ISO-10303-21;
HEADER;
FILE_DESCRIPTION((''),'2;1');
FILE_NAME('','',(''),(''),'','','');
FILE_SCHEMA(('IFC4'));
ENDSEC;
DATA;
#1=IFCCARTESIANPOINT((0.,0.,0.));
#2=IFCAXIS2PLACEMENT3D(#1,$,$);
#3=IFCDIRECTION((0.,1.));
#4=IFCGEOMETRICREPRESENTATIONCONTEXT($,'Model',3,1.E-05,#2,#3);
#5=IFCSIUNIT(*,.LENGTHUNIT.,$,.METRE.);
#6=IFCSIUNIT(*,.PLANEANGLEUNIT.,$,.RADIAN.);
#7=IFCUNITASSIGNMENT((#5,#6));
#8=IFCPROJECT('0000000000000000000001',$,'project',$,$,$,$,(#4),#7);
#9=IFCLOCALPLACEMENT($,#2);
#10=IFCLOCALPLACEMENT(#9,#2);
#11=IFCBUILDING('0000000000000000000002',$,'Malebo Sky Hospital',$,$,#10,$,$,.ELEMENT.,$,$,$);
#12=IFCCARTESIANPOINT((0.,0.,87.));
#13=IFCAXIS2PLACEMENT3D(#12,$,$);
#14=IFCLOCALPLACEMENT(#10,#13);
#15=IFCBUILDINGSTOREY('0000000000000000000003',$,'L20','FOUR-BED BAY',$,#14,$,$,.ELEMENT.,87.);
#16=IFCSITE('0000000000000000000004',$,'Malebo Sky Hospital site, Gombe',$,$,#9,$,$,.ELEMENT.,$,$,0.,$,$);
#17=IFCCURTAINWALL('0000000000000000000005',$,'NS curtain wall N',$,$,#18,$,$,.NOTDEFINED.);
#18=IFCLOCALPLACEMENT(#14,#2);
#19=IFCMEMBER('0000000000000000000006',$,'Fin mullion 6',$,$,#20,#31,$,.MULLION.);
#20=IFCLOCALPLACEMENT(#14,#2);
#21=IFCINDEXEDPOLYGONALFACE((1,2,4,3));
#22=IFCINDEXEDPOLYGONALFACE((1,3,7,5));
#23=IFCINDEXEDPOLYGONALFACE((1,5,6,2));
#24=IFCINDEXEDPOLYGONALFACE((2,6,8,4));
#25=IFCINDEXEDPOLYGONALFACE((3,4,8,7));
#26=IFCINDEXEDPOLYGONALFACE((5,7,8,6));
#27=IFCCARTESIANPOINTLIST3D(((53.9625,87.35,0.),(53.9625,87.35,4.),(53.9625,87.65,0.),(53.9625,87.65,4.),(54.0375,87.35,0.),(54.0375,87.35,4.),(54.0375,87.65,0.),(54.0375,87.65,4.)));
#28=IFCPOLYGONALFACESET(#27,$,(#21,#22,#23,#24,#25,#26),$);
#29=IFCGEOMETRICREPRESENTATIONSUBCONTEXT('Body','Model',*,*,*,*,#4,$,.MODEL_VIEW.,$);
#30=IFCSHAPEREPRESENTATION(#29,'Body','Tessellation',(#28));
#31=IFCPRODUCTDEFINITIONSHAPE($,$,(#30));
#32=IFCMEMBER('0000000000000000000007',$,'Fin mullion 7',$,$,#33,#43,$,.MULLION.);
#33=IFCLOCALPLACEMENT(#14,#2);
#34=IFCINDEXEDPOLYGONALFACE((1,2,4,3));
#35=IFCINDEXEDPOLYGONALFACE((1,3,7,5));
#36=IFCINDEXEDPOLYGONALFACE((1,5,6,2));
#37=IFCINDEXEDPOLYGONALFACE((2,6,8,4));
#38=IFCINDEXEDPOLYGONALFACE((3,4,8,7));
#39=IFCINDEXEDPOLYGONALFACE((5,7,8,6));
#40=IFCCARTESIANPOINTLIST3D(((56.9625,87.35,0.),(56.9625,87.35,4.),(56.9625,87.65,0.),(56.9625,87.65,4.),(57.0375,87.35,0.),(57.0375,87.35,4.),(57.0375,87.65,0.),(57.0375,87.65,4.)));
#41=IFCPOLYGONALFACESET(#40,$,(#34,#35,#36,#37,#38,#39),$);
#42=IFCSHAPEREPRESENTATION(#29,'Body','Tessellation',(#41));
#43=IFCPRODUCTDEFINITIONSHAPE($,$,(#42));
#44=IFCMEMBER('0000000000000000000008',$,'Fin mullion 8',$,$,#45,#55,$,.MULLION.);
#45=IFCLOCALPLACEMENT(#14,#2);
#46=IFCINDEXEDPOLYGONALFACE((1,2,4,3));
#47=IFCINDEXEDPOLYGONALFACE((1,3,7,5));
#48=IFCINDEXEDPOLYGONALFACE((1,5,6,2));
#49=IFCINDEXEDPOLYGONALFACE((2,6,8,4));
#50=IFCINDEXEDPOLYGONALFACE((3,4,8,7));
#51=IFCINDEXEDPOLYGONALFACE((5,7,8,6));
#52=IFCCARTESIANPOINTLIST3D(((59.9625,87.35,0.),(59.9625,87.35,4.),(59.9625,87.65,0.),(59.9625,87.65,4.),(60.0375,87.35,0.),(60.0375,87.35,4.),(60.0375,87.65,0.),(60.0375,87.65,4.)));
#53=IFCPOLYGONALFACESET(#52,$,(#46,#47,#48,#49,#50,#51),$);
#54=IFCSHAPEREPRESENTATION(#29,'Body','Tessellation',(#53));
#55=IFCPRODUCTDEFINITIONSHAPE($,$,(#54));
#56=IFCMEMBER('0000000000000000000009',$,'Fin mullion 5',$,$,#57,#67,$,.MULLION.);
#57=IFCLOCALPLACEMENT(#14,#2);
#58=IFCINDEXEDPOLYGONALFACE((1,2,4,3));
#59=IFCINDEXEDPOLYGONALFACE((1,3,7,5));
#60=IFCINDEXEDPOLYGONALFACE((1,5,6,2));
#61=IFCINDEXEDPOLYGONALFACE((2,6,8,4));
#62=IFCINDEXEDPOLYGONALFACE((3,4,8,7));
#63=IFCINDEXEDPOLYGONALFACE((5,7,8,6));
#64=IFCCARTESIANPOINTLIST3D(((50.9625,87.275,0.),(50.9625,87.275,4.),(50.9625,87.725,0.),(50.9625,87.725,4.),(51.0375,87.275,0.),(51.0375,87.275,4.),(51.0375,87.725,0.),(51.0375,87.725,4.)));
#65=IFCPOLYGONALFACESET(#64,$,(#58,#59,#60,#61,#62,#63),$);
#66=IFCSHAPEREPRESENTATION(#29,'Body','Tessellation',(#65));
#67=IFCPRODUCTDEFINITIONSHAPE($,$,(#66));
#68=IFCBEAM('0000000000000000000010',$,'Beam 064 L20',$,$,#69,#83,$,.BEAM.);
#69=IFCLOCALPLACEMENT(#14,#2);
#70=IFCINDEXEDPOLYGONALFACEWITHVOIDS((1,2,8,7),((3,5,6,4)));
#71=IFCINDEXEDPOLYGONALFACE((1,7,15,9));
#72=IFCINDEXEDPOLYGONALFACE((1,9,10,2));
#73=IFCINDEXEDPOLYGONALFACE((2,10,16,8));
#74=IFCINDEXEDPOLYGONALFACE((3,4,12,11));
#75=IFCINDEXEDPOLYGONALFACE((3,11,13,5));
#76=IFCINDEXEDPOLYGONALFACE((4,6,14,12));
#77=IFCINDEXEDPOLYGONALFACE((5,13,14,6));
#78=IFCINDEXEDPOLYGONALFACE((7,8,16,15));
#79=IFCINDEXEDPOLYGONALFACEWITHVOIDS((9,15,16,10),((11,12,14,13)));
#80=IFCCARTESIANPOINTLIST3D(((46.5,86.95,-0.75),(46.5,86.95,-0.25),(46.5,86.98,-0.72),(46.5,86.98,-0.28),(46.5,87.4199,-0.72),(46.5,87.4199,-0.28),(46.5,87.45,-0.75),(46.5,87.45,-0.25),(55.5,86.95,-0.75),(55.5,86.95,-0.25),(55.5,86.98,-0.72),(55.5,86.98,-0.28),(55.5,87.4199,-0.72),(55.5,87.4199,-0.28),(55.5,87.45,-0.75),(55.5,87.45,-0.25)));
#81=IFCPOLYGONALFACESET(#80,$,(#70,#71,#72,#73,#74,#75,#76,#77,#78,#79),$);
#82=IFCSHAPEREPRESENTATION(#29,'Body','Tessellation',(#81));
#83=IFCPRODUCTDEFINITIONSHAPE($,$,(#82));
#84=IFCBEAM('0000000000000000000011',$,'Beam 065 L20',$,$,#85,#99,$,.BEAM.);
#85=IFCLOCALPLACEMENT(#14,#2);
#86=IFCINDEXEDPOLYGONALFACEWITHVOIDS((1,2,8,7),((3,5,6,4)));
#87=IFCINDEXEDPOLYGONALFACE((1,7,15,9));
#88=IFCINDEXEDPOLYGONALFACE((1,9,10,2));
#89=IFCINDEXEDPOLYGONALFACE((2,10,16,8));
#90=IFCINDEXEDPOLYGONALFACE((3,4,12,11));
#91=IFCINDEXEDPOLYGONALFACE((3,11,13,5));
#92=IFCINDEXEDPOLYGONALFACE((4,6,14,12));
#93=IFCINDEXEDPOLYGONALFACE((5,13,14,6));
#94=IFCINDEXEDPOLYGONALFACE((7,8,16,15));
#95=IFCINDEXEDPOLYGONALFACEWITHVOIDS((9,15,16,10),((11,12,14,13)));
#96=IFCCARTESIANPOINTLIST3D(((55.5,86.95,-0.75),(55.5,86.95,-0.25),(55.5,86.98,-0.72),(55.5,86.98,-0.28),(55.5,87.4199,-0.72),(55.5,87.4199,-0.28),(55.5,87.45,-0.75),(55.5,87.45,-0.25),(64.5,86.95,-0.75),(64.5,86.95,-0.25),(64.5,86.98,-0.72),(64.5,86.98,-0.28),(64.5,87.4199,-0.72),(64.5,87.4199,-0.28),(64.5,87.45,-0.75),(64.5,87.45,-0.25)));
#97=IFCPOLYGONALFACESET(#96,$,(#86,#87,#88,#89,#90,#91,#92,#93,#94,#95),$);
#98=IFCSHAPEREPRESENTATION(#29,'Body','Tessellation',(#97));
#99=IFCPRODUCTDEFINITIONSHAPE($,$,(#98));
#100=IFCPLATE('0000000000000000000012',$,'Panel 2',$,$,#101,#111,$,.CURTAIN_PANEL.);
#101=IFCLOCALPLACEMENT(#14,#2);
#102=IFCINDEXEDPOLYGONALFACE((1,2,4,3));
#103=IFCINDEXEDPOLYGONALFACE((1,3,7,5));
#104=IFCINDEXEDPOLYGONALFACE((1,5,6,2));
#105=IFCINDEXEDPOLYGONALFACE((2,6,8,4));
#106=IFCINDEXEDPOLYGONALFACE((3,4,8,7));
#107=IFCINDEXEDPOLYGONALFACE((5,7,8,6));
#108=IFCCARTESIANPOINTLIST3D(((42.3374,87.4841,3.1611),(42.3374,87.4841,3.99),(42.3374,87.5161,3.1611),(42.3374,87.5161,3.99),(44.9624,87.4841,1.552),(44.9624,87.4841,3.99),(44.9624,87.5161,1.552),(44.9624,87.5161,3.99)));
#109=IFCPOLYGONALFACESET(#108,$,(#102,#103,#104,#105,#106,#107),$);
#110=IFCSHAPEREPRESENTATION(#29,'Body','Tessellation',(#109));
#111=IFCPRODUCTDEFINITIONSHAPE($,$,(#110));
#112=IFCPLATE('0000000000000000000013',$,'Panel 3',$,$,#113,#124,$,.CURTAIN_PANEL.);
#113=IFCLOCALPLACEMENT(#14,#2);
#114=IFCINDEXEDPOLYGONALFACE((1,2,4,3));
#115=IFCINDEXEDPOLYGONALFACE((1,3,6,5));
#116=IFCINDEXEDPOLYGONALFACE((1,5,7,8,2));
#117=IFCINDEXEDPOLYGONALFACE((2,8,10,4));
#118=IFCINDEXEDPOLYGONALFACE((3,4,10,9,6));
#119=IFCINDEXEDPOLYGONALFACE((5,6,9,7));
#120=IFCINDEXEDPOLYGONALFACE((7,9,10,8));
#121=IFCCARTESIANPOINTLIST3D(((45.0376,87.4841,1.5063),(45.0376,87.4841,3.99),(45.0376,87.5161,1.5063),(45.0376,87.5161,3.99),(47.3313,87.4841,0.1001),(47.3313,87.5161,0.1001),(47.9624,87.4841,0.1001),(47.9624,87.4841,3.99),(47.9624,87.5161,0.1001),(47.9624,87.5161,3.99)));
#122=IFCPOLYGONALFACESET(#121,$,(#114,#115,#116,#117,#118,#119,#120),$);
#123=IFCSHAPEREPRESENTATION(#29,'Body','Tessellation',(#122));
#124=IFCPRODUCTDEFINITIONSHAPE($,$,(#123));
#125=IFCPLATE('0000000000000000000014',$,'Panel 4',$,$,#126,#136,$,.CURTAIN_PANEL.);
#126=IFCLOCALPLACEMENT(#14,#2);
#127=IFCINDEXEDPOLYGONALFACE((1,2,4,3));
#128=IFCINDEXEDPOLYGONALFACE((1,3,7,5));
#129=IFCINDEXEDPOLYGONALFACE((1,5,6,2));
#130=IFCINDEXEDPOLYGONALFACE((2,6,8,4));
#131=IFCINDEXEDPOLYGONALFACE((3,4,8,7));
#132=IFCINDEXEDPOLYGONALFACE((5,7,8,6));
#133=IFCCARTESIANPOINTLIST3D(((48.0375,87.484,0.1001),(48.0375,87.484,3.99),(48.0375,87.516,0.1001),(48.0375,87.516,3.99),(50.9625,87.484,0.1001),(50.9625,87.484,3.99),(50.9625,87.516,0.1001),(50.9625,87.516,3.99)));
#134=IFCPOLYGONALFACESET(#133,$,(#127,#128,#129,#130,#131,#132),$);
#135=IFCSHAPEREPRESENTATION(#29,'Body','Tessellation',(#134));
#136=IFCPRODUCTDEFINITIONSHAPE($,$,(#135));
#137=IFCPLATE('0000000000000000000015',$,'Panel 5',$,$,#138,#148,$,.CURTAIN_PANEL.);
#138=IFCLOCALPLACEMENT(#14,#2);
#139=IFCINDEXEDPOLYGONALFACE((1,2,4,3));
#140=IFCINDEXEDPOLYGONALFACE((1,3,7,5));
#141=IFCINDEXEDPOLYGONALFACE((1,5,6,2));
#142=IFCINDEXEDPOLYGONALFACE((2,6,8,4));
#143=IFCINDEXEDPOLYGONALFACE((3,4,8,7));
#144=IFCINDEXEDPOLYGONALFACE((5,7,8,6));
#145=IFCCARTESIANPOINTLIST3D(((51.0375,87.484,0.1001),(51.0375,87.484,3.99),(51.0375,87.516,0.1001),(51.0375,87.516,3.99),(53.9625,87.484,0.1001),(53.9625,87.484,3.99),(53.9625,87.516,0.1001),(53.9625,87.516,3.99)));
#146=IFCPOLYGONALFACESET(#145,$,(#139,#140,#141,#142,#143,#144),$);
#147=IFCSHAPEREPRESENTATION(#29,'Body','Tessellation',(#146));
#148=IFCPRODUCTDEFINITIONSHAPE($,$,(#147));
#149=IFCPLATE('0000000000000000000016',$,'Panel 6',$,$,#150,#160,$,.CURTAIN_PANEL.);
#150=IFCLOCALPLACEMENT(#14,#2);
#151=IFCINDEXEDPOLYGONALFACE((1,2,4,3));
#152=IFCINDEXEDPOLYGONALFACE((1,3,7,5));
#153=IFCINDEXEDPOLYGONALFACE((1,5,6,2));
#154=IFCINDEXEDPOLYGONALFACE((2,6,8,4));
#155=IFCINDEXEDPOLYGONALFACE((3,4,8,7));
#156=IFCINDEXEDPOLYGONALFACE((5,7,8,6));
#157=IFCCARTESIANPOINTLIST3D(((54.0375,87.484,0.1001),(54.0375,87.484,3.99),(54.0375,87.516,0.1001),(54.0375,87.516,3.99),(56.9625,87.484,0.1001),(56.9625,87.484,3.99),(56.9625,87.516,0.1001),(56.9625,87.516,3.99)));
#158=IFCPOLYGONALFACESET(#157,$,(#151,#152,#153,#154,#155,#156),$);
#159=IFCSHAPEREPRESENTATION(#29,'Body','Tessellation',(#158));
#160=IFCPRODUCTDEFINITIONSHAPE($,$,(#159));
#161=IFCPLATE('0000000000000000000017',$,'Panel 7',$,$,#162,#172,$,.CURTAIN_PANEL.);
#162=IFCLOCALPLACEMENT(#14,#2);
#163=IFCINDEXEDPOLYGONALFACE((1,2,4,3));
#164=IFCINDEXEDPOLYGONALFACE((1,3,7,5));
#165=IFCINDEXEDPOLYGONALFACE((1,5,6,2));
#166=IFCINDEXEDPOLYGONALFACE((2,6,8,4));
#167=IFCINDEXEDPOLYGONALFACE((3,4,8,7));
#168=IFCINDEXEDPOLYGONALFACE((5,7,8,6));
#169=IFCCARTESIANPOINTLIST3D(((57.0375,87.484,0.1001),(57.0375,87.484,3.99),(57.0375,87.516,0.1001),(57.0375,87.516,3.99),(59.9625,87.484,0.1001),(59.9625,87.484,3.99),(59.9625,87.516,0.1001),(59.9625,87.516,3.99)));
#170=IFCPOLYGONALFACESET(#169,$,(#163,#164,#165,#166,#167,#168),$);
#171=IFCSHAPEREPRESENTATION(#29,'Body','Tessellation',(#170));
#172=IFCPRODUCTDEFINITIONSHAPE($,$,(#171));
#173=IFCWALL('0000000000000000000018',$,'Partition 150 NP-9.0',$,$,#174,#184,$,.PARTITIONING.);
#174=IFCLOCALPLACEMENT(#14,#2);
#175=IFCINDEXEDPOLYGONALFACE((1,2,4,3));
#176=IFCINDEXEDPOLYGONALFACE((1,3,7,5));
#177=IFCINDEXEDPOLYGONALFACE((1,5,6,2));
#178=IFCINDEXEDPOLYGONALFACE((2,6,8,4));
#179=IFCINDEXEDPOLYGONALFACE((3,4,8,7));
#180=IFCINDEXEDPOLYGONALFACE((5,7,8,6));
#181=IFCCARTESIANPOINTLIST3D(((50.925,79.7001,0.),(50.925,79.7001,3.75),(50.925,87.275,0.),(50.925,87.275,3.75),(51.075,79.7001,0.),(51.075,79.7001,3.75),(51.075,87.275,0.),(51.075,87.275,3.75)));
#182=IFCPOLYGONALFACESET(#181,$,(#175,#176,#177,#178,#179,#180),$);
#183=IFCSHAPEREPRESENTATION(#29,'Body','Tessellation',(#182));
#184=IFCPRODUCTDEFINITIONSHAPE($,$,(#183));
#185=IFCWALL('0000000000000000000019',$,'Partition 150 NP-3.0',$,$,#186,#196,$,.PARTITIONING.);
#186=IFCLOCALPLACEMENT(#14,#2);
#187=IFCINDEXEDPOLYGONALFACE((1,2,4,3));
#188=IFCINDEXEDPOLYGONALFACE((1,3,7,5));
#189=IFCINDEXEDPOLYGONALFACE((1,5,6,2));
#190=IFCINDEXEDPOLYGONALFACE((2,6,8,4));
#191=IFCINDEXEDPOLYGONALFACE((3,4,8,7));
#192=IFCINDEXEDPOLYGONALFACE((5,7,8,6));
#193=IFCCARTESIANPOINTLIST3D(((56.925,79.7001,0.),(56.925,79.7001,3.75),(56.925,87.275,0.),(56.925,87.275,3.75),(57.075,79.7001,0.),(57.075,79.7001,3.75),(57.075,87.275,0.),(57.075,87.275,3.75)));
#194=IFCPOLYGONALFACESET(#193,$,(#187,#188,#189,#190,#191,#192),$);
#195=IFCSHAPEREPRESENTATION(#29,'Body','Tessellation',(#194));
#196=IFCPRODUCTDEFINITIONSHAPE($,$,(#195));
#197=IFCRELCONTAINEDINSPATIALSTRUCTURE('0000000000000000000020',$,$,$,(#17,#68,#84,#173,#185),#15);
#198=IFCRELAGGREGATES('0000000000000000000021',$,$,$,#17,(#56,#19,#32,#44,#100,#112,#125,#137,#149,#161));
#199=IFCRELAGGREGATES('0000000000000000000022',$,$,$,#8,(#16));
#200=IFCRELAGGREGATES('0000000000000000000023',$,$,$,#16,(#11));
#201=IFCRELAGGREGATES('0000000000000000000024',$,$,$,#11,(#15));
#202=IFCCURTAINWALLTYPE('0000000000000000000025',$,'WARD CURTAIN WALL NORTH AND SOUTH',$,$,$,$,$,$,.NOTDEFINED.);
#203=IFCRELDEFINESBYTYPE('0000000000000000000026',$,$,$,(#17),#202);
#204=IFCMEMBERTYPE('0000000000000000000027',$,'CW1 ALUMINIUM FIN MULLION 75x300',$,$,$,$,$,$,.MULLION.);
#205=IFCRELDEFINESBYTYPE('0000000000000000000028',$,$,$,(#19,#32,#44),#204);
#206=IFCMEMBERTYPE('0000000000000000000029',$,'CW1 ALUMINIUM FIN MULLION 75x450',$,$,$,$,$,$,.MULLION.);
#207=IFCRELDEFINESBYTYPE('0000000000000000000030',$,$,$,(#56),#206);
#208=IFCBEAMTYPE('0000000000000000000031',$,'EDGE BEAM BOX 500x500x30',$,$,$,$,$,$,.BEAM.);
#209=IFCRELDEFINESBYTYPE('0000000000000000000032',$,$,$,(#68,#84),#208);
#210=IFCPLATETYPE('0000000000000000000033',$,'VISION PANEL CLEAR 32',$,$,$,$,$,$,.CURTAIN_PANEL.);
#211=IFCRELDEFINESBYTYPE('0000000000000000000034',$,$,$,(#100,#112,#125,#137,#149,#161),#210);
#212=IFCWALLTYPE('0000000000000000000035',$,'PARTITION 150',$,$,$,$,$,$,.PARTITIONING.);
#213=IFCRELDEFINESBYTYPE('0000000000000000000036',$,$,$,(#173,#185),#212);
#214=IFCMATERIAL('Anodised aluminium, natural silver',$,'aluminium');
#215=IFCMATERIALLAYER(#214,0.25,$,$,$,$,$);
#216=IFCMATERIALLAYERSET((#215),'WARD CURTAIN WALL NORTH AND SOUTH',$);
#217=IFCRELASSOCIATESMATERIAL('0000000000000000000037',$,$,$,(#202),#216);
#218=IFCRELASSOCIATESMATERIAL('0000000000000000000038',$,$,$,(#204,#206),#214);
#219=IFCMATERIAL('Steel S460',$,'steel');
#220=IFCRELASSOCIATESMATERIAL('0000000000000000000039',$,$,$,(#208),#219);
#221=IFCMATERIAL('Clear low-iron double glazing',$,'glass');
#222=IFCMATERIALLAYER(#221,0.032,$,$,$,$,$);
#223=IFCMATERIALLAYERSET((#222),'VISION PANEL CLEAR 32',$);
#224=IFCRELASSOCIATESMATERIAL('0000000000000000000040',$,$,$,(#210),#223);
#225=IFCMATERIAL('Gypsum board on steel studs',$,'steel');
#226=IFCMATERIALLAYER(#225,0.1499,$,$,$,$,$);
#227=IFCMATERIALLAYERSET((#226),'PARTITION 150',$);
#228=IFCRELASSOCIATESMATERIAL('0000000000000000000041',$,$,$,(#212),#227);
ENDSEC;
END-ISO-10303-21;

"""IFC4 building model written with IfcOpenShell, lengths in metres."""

from ifc_helpers import new_model, si_unit, direction, frame, frame_2d, origin, origin_2d, place, context, subcontext, project, spatial, polyline, rectangle, hollow_rectangle, outline, extrude, material, layer, layer_set, material_profile, profile_set, type_object, element, aggregate, save


model = new_model("IFC4")

# Units and contexts
model_context = context("Model", 3, precision=1e-05, world=origin(), true_north=direction((0.0, 1.0)))
body_context = subcontext(model_context, "Body", "Model", "MODEL_VIEW")
ifc_project = project(units=[si_unit("LENGTHUNIT", "METRE"), si_unit("PLANEANGLEUNIT", "RADIAN")], contexts=[model_context])

# Site, building, storey
site_placement = place(None, origin())
site = spatial("IfcSite", under=ifc_project, at=site_placement, Name="Malebo Sky Hospital site, Gombe", CompositionType="ELEMENT", RefElevation=0.0)
building_placement = place(site_placement, origin())
building = spatial("IfcBuilding", under=site, at=building_placement, Name="Malebo Sky Hospital", CompositionType="ELEMENT")
storey_placement = place(building_placement, frame((0.0, 0.0, 87.0)))
storey = spatial("IfcBuildingStorey", under=building, at=storey_placement, Name="L20", Description="FOUR-BED BAY", CompositionType="ELEMENT", Elevation=87.0)

# Shared definitions
ifc_material_1 = material(Name="Steel S460", Category="steel")

# Curtain wall
ifc_material_2 = material(Name="Anodised aluminium, natural silver", Category="aluminium")
ifc_layer_1 = layer(ifc_material_2, 0.25)
ifc_layer_set_1 = layer_set([ifc_layer_1], Name="WARD CURTAIN WALL NORTH AND SOUTH")
curtain_wall_type = type_object("IfcCurtainWallType", Name="WARD CURTAIN WALL NORTH AND SOUTH", PredefinedType="NOTDEFINED", material=ifc_layer_set_1)
curtain_wall_placement = place(storey_placement, origin())
curtain_wall = element("IfcCurtainWall", 1, at=curtain_wall_placement, inside=storey, type_object=curtain_wall_type, Name="NS curtain wall N", PredefinedType="NOTDEFINED")

# Members
ifc_material_profile_1 = material_profile(ifc_material_2, rectangle(XDim=0.075, YDim=0.3, at=origin_2d()), Name="CW1 ALUMINIUM FIN MULLION 75x300")
ifc_profile_set_1 = profile_set([ifc_material_profile_1], Name="Anodised aluminium, natural silver")
member_type_1 = type_object("IfcMemberType", Name="CW1 ALUMINIUM FIN MULLION 75x300", PredefinedType="MULLION", material=ifc_profile_set_1)
member_1_placement = place(storey_placement, frame((54.0, 87.5, 0.0), z_axis=(0.0, 0.0, 1.0), x_axis=(1.0, 0.0, 0.0)))
member_1 = element("IfcMember", 2, at=member_1_placement, type_object=member_type_1, Name="Fin mullion 6", PredefinedType="MULLION", context=body_context, shape_type="SweptSolid", body=[
    extrude(rectangle(XDim=0.075, YDim=0.3, at=origin_2d()), origin(), (0.0, 0.0, 1.0), 4.0),
])
member_2_placement = place(storey_placement, frame((57.0, 87.5, 0.0), z_axis=(0.0, 0.0, 1.0), x_axis=(1.0, 0.0, 0.0)))
member_2 = element("IfcMember", 3, at=member_2_placement, type_object=member_type_1, Name="Fin mullion 7", PredefinedType="MULLION", context=body_context, shape_type="SweptSolid", body=[
    extrude(rectangle(XDim=0.075, YDim=0.3, at=origin_2d()), origin(), (0.0, 0.0, 1.0), 4.0),
])
member_3_placement = place(storey_placement, frame((60.0, 87.5, 0.0), z_axis=(0.0, 0.0, 1.0), x_axis=(1.0, 0.0, 0.0)))
member_3 = element("IfcMember", 4, at=member_3_placement, type_object=member_type_1, Name="Fin mullion 8", PredefinedType="MULLION", context=body_context, shape_type="SweptSolid", body=[
    extrude(rectangle(XDim=0.075, YDim=0.3, at=origin_2d()), origin(), (0.0, 0.0, 1.0), 4.0),
])
ifc_material_profile_2 = material_profile(ifc_material_2, rectangle(XDim=0.075, YDim=0.45, at=origin_2d()), Name="CW1 ALUMINIUM FIN MULLION 75x450")
ifc_profile_set_2 = profile_set([ifc_material_profile_2], Name="Anodised aluminium, natural silver")
member_type_2 = type_object("IfcMemberType", Name="CW1 ALUMINIUM FIN MULLION 75x450", PredefinedType="MULLION", material=ifc_profile_set_2)
member_4_placement = place(storey_placement, frame((51.0, 87.5, 0.0), z_axis=(0.0, 0.0, 1.0), x_axis=(1.0, 0.0, 0.0)))
member_4 = element("IfcMember", 5, at=member_4_placement, type_object=member_type_2, Name="Fin mullion 5", PredefinedType="MULLION", context=body_context, shape_type="SweptSolid", body=[
    extrude(rectangle(XDim=0.075, YDim=0.45, at=origin_2d()), origin(), (0.0, 0.0, 1.0), 4.0),
])

# Beams
ifc_material_profile_3 = material_profile(ifc_material_1, hollow_rectangle(XDim=0.5, YDim=0.5, WallThickness=0.03, at=origin_2d()), Name="BOX 500x500x30")
ifc_profile_set_3 = profile_set([ifc_material_profile_3], Name="Steel S460")
beam_type = type_object("IfcBeamType", Name="EDGE BEAM BOX 500x500x30", PredefinedType="BEAM", material=ifc_profile_set_3)
for number, where, z_axis, x_axis, name in (
    (6, (46.5, 87.2, -0.5), (1.0, 0.0, 0.0), (0.0, 1.0, 0.0), "Beam 064 L20"),
    (7, (55.5, 87.2, -0.5), (1.0, 0.0, 0.0), (0.0, 1.0, 0.0), "Beam 065 L20"),
):
    element("IfcBeam", number, at=place(storey_placement, frame(where, z_axis=z_axis, x_axis=x_axis)), inside=storey, type_object=beam_type, Name=name, PredefinedType="BEAM", context=body_context, shape_type="SweptSolid", body=[
        extrude(hollow_rectangle(XDim=0.5, YDim=0.5, WallThickness=0.03, at=origin_2d()), origin(), (0.0, 0.0, 1.0), 9.0),
    ])

# Plates
ifc_material_3 = material(Name="Clear low-iron double glazing", Category="glass")
ifc_layer_2 = layer(ifc_material_3, 0.032)
ifc_layer_set_2 = layer_set([ifc_layer_2], Name="VISION PANEL CLEAR 32")
plate_type = type_object("IfcPlateType", Name="VISION PANEL CLEAR 32", PredefinedType="CURTAIN_PANEL", material=ifc_layer_set_2)
plate_1_placement = place(storey_placement, frame((43.6499, 87.5, 1.552), z_axis=(0.0, 0.0, 1.0), x_axis=(1.0, 0.0, 0.0)))
plate_1 = element("IfcPlate", 8, at=plate_1_placement, type_object=plate_type, Name="Panel 2", PredefinedType="CURTAIN_PANEL", context=body_context, shape_type="SweptSolid", body=[
    extrude(outline(polyline([(1.3125, 0.0), (1.3125, 2.438), (-1.3125, 2.438), (-1.3125, 1.6091), (1.3125, 0.0)])), frame((0.0, 0.0161, 0.0), z_axis=(0.0, -1.0, 0.0), x_axis=(1.0, 0.0, 0.0)), (0.0, 0.0, 1.0), 0.032),
])
plate_2_placement = place(storey_placement, frame((46.5, 87.5, 0.1001), z_axis=(0.0, 0.0, 1.0), x_axis=(1.0, 0.0, 0.0)))
plate_2 = element("IfcPlate", 9, at=plate_2_placement, type_object=plate_type, Name="Panel 3", PredefinedType="CURTAIN_PANEL", context=body_context, shape_type="SweptSolid", body=[
    extrude(outline(polyline([(0.8313, 0.0), (1.4624, 0.0), (1.4624, 3.8899), (-1.4624, 3.8899), (-1.4624, 1.4062), (0.8313, 0.0)])), frame((0.0, 0.0161, 0.0), z_axis=(0.0, -1.0, 0.0), x_axis=(1.0, 0.0, 0.0)), (0.0, 0.0, 1.0), 0.032),
])
plate_3_placement = place(storey_placement, frame((49.5, 87.5, 0.1001), z_axis=(0.0, 0.0, 1.0), x_axis=(1.0, 0.0, 0.0)))
plate_3 = element("IfcPlate", 10, at=plate_3_placement, type_object=plate_type, Name="Panel 4", PredefinedType="CURTAIN_PANEL", context=body_context, shape_type="SweptSolid", body=[
    extrude(rectangle(XDim=2.925, YDim=0.032, at=origin_2d()), origin(), (0.0, 0.0, 1.0), 3.8899),
])
plate_4_placement = place(storey_placement, frame((52.5, 87.5, 0.1001), z_axis=(0.0, 0.0, 1.0), x_axis=(1.0, 0.0, 0.0)))
plate_4 = element("IfcPlate", 11, at=plate_4_placement, type_object=plate_type, Name="Panel 5", PredefinedType="CURTAIN_PANEL", context=body_context, shape_type="SweptSolid", body=[
    extrude(rectangle(XDim=2.925, YDim=0.032, at=origin_2d()), origin(), (0.0, 0.0, 1.0), 3.8899),
])
plate_5_placement = place(storey_placement, frame((55.5, 87.5, 0.1001), z_axis=(0.0, 0.0, 1.0), x_axis=(1.0, 0.0, 0.0)))
plate_5 = element("IfcPlate", 12, at=plate_5_placement, type_object=plate_type, Name="Panel 6", PredefinedType="CURTAIN_PANEL", context=body_context, shape_type="SweptSolid", body=[
    extrude(rectangle(XDim=2.925, YDim=0.032, at=origin_2d()), origin(), (0.0, 0.0, 1.0), 3.8899),
])
plate_6_placement = place(storey_placement, frame((58.5, 87.5, 0.1001), z_axis=(0.0, 0.0, 1.0), x_axis=(1.0, 0.0, 0.0)))
plate_6 = element("IfcPlate", 13, at=plate_6_placement, type_object=plate_type, Name="Panel 7", PredefinedType="CURTAIN_PANEL", context=body_context, shape_type="SweptSolid", body=[
    extrude(rectangle(XDim=2.925, YDim=0.032, at=origin_2d()), origin(), (0.0, 0.0, 1.0), 3.8899),
])
aggregate(curtain_wall, [member_4, member_1, member_2, member_3, plate_1, plate_2, plate_3, plate_4, plate_5, plate_6])

# Walls
ifc_material_4 = material(Name="Gypsum board on steel studs", Category="steel")
ifc_layer_3 = layer(ifc_material_4, 0.1499)
ifc_layer_set_3 = layer_set([ifc_layer_3], Name="PARTITION 150")
wall_type = type_object("IfcWallType", Name="PARTITION 150", PredefinedType="PARTITIONING", material=ifc_layer_set_3)
for number, where, z_axis, x_axis, name in (
    (14, (51.0, 79.7, 0.0), (0.0, 0.0, 1.0), (0.0, 1.0, 0.0), "Partition 150 NP-9.0"),
    (15, (57.0, 79.7, 0.0), (0.0, 0.0, 1.0), (0.0, 1.0, 0.0), "Partition 150 NP-3.0"),
):
    element("IfcWall", number, at=place(storey_placement, frame(where, z_axis=z_axis, x_axis=x_axis)), inside=storey, type_object=wall_type, Name=name, PredefinedType="PARTITIONING", context=body_context, shape_type="SweptSolid", body=[
        extrude(rectangle(XDim=7.575, YDim=0.1499, at=frame_2d((3.7876, 0.0))), origin(), (0.0, 0.0, 1.0), 3.75),
    ])

save(model, "model.ifc")
